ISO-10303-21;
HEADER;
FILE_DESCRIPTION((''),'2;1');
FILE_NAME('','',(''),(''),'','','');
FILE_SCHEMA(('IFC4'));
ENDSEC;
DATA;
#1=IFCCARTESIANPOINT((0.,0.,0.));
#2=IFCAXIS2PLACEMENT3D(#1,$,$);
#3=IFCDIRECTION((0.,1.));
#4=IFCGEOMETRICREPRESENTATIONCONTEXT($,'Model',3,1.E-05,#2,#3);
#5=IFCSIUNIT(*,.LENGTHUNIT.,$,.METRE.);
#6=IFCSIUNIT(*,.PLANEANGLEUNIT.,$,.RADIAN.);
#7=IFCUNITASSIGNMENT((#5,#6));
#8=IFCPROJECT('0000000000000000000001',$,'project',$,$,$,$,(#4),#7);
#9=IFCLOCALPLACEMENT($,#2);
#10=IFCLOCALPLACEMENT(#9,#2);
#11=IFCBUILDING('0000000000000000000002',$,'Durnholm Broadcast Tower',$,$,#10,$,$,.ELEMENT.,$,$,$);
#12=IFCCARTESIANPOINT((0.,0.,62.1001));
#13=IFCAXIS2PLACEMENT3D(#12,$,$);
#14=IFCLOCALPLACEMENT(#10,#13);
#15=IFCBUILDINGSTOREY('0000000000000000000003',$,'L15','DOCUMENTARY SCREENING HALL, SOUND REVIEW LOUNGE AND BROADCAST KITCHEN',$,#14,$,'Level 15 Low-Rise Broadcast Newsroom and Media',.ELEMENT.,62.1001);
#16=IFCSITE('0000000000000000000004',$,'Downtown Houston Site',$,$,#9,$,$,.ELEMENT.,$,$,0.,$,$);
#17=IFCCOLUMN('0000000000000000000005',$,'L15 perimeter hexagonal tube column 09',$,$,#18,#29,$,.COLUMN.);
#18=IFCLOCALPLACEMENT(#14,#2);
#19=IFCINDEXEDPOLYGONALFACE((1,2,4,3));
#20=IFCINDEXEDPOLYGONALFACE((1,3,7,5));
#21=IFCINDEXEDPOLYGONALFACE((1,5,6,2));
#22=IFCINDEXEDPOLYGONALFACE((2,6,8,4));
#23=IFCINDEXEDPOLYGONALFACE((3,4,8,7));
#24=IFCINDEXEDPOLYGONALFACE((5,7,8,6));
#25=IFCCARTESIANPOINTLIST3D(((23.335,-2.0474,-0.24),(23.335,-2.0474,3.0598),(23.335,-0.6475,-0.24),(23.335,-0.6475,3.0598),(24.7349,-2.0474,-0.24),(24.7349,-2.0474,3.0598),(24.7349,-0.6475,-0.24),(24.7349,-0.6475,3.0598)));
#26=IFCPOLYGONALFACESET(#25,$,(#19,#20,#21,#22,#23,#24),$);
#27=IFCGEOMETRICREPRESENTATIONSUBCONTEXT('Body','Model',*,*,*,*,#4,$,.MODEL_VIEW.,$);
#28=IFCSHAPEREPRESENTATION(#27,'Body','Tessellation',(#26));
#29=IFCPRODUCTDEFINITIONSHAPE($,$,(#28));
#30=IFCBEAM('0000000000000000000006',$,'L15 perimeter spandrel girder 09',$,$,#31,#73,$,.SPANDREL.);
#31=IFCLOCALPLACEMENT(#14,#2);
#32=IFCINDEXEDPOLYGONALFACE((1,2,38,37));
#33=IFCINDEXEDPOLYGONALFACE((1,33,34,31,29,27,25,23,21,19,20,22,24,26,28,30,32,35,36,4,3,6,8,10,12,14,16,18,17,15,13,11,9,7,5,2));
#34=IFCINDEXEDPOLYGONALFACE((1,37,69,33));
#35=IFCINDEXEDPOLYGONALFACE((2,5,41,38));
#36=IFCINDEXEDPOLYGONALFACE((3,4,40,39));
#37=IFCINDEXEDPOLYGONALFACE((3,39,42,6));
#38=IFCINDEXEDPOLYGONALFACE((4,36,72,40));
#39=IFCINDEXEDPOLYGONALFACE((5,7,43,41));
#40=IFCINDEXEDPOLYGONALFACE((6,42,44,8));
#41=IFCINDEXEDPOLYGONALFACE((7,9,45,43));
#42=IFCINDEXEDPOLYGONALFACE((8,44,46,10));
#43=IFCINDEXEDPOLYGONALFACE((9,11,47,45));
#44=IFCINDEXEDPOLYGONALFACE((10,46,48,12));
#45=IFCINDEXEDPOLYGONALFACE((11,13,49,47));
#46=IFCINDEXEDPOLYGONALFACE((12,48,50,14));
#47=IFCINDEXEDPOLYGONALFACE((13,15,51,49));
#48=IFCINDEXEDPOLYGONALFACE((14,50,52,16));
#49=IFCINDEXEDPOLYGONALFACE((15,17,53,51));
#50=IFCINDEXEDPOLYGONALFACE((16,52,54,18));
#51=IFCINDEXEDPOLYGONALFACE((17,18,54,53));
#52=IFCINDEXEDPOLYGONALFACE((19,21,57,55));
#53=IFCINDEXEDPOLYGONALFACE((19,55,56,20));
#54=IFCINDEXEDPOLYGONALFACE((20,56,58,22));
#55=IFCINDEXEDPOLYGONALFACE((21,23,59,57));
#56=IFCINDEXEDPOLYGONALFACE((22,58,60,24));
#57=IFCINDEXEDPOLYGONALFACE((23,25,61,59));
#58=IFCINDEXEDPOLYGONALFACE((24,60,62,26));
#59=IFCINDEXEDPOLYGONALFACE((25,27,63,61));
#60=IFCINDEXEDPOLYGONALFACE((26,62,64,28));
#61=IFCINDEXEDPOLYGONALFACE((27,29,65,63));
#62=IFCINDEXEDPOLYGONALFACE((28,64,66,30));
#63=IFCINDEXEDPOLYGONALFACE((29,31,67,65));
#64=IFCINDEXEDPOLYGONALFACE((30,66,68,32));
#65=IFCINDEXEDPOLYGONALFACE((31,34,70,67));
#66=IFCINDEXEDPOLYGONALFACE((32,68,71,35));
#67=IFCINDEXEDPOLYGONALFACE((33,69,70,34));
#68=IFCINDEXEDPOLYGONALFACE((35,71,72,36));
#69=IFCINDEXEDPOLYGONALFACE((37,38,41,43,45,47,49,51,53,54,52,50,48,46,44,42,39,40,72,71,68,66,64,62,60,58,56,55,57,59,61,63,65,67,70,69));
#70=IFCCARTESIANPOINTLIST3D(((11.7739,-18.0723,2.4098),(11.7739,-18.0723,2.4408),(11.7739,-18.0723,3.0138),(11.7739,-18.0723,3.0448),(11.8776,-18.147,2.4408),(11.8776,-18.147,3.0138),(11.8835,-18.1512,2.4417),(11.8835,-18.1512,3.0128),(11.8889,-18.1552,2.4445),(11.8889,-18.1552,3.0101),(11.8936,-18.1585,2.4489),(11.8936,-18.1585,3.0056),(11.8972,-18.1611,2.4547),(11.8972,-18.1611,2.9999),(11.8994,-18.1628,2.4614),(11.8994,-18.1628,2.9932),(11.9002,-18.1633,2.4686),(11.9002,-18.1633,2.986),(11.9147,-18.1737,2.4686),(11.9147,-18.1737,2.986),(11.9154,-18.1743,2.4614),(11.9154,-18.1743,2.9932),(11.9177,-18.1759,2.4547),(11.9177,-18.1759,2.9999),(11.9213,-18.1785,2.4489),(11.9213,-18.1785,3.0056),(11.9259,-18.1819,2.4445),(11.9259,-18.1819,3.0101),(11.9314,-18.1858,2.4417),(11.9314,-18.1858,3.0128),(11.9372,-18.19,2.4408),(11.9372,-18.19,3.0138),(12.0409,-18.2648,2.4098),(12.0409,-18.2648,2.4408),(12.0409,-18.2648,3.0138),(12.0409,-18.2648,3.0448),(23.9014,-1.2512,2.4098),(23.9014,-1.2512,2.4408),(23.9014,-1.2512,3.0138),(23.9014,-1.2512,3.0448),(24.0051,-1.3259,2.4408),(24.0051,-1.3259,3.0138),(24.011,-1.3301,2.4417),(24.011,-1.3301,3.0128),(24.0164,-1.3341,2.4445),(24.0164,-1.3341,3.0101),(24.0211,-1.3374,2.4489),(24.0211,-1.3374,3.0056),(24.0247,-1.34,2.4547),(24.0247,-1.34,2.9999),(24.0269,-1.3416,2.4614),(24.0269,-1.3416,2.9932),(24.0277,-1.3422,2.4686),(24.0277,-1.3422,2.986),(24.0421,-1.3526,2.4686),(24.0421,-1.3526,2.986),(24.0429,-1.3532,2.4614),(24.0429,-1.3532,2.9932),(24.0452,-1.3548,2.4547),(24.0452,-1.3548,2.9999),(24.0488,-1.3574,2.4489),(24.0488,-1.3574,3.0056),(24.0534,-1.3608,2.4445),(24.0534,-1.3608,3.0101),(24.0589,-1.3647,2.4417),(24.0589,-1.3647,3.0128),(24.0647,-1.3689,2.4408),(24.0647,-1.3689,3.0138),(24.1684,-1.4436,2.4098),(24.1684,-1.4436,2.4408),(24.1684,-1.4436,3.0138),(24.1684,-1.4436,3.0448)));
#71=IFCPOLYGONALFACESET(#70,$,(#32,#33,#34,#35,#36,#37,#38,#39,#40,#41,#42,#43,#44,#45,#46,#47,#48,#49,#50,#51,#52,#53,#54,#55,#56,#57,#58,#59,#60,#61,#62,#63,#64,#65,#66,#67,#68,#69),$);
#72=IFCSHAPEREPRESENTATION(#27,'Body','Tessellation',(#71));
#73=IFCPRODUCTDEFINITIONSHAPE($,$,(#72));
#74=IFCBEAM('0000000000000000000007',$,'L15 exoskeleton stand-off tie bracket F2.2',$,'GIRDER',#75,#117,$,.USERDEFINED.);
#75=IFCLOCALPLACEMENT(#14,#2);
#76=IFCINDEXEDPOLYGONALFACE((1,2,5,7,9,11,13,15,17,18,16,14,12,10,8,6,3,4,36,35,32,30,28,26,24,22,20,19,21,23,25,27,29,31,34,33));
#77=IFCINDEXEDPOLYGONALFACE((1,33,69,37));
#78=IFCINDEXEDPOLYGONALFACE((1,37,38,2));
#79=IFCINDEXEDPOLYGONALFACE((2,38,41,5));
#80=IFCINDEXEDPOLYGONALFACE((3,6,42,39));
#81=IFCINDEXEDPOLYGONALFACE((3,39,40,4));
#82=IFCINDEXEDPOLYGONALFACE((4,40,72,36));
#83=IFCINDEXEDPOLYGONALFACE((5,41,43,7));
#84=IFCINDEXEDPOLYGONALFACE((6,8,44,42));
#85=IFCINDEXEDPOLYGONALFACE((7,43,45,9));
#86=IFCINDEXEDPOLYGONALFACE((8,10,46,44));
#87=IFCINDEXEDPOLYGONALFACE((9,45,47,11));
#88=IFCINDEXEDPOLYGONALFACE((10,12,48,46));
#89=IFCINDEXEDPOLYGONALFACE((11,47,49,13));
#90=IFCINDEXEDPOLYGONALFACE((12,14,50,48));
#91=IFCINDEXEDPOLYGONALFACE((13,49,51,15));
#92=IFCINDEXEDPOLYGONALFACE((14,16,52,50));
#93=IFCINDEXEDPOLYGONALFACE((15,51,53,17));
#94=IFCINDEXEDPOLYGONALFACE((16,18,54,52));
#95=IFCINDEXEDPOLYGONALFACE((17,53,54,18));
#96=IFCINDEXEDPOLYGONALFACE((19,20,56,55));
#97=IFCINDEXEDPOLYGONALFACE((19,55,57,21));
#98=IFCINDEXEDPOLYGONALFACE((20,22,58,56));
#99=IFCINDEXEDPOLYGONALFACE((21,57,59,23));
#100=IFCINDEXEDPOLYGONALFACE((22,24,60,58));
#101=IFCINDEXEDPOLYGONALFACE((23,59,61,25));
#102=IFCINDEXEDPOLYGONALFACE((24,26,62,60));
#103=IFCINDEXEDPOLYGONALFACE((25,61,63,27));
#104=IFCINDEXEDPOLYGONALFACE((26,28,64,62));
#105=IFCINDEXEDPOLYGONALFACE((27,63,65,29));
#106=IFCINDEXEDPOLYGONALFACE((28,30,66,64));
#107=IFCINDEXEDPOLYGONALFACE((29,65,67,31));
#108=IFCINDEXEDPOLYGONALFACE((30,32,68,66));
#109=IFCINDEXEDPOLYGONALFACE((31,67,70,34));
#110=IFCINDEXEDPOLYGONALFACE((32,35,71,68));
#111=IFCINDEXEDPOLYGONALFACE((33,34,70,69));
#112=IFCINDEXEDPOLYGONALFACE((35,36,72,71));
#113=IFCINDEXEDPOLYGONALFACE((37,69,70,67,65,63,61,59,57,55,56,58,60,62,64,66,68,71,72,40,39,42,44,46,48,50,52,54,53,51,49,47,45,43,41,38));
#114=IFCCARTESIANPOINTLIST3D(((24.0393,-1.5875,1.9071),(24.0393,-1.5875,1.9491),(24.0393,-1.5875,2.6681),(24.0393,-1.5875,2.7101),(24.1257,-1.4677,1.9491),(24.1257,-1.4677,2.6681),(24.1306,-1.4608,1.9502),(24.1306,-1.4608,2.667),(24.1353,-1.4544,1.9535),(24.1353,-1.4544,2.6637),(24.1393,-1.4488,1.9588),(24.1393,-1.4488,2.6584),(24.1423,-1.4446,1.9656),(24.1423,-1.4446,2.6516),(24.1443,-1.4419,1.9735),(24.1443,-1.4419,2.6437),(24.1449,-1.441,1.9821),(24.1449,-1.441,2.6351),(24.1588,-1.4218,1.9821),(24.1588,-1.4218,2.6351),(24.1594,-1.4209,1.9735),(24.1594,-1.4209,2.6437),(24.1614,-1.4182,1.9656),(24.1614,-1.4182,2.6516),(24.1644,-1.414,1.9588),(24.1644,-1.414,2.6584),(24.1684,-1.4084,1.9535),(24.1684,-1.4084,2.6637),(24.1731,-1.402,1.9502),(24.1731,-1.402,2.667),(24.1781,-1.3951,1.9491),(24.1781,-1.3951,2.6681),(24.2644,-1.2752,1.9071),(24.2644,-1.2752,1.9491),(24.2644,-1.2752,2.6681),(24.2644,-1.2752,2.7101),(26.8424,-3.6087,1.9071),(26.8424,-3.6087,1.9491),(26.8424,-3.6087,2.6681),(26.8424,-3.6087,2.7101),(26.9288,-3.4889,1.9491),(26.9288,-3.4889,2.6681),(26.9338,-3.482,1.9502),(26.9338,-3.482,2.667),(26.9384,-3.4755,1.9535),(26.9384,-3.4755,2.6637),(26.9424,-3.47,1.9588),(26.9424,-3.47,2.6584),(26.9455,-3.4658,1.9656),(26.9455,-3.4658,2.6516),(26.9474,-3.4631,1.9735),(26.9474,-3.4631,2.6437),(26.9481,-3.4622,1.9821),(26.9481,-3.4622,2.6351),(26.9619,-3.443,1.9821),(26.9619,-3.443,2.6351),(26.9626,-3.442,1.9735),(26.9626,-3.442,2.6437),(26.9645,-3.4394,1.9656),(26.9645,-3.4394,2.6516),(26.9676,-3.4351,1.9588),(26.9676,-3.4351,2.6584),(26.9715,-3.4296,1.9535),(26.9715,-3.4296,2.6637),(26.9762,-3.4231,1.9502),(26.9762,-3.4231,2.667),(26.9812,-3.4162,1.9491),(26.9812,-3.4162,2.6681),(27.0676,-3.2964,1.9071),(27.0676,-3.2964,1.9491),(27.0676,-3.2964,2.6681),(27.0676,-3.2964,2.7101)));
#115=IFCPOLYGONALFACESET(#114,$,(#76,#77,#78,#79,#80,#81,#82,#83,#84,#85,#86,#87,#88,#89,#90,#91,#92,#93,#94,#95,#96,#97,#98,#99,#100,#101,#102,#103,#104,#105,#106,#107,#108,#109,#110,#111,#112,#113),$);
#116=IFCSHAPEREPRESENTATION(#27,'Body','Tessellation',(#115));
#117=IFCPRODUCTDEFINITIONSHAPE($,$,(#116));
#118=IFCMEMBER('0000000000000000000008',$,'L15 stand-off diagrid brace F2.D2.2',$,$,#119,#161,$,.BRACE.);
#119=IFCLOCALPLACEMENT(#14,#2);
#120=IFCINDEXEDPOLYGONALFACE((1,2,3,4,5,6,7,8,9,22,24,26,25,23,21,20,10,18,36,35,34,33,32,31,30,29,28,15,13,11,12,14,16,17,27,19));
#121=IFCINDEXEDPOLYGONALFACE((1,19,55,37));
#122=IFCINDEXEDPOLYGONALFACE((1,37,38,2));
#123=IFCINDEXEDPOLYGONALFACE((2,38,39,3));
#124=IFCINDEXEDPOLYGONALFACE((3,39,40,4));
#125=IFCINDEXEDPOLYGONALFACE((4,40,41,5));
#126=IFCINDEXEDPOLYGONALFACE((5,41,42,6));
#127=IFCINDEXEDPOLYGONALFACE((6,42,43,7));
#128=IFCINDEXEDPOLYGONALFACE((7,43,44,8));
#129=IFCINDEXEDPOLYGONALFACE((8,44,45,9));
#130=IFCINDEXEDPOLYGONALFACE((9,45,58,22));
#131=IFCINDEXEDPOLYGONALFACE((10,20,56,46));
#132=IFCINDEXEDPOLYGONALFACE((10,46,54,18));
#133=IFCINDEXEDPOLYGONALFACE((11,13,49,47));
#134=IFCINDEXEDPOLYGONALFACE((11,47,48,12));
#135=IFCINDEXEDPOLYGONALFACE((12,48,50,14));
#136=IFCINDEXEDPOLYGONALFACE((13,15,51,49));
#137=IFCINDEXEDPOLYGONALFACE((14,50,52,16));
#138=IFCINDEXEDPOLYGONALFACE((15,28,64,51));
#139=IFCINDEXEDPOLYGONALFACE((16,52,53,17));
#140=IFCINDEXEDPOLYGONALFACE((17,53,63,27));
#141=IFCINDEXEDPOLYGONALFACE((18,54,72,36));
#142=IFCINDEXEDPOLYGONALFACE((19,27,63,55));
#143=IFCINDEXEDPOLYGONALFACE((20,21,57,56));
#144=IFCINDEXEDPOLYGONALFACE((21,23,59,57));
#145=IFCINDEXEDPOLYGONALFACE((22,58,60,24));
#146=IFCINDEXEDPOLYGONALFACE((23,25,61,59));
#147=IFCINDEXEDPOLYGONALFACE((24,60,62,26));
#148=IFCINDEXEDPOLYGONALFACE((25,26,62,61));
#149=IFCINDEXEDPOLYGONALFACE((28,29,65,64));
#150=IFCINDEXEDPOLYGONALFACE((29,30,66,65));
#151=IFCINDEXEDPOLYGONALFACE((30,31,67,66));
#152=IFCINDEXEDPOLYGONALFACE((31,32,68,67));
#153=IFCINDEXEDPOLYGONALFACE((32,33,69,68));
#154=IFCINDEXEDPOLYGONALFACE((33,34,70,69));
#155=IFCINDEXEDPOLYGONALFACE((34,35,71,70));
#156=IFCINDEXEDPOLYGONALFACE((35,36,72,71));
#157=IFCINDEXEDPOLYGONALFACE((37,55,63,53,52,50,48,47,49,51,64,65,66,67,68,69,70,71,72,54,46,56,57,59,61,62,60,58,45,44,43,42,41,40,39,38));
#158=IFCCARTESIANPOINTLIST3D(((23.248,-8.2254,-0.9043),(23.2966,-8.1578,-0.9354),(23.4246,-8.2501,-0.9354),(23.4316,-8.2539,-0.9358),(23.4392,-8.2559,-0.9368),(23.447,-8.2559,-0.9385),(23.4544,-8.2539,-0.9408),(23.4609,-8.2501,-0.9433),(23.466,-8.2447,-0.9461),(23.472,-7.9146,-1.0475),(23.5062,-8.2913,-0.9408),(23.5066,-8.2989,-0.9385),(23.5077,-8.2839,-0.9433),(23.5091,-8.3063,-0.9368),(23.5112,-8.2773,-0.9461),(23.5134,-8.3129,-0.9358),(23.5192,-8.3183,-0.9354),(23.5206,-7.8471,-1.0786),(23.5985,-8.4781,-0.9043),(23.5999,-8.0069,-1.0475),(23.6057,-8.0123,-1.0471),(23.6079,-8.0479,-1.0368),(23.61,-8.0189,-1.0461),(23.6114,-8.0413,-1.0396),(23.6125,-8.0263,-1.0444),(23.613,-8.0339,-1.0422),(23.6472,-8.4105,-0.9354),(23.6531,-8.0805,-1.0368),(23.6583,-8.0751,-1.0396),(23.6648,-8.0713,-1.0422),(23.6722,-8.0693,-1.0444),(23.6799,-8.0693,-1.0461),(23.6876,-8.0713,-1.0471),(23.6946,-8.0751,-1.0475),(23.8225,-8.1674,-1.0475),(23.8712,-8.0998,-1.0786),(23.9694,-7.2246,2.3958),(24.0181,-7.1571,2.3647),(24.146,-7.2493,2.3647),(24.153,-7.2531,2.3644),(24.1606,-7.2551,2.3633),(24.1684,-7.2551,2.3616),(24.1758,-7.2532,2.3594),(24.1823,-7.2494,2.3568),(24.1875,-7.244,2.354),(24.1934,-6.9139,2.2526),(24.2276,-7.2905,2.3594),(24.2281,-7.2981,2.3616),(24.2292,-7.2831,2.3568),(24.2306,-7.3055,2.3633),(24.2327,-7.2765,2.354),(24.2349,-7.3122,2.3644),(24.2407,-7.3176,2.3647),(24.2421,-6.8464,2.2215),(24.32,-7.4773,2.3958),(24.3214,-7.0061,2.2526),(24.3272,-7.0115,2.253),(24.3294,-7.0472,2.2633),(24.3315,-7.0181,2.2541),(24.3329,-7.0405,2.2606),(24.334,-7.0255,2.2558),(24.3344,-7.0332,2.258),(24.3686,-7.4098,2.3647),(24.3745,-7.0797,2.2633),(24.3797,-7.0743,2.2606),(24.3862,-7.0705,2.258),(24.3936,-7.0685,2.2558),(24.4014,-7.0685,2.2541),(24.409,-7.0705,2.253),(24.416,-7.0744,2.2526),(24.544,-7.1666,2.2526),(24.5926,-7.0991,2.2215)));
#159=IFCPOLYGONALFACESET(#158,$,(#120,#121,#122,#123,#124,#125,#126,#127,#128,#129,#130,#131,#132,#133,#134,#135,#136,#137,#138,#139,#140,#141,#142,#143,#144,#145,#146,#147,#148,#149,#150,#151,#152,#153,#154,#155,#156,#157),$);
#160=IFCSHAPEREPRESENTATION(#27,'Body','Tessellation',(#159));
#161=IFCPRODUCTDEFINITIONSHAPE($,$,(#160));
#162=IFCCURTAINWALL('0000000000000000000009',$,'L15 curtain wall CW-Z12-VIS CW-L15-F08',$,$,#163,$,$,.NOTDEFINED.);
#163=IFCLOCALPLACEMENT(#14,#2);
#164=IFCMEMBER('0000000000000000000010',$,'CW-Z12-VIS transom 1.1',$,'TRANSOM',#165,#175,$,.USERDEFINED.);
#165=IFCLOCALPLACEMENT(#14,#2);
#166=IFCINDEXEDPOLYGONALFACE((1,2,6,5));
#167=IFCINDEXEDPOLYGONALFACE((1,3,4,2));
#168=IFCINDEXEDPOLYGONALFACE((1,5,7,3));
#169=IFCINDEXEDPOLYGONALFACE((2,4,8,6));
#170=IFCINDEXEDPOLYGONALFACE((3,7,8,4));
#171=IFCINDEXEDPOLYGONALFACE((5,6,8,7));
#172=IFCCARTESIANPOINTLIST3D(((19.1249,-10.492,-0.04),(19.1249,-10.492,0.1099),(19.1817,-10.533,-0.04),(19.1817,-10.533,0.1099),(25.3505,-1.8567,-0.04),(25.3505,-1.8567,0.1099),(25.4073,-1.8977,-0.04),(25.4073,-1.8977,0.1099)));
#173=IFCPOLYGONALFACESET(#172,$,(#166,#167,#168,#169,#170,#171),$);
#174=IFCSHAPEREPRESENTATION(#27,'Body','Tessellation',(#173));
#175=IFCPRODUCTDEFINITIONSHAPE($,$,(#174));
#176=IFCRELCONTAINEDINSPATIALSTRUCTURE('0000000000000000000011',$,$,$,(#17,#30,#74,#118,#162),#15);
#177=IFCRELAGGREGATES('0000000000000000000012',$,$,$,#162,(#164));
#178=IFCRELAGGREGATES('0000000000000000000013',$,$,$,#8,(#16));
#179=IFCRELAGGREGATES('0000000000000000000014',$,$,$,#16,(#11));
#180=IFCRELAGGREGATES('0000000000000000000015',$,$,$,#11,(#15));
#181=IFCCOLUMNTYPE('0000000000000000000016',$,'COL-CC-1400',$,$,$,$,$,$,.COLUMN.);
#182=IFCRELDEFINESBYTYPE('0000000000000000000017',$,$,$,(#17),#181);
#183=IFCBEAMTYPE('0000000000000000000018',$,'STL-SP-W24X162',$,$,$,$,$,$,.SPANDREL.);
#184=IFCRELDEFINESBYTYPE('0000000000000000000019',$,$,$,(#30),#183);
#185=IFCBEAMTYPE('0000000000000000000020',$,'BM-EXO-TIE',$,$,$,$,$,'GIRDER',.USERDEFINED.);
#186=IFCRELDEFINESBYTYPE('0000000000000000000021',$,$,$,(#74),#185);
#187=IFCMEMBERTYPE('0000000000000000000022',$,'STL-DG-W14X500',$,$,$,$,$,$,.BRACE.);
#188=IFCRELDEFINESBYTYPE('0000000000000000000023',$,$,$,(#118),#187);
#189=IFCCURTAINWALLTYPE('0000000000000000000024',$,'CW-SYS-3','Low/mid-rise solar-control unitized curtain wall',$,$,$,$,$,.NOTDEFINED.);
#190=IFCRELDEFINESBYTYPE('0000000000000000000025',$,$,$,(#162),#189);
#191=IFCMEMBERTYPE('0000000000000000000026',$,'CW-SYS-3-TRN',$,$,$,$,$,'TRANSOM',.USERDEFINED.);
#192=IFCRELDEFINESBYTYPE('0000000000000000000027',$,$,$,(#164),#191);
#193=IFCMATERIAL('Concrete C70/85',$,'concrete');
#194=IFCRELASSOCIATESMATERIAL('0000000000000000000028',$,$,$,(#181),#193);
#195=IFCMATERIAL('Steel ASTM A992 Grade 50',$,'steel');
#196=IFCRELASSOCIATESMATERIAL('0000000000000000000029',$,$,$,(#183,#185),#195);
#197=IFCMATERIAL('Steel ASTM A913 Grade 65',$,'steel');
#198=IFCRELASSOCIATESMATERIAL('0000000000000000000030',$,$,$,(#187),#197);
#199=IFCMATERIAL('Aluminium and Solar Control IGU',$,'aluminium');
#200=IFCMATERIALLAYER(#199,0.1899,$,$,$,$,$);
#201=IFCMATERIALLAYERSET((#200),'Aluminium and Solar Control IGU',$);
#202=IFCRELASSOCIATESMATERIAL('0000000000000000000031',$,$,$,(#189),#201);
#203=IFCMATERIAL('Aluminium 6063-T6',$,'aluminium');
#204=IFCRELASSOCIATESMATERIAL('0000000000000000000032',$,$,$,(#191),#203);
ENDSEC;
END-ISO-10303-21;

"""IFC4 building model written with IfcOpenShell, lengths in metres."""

from ifc_helpers import new_model, si_unit, direction, frame, origin, origin_2d, place, context, subcontext, project, spatial, rectangle, i_section, extrude, source, transform, mapped, material, layer, layer_set, material_profile, profile_set, type_object, type_shapes, element, aggregate, save


model = new_model("IFC4")

# Units and contexts
model_context = context("Model", 3, precision=1e-05, world=origin(), true_north=direction((0.0, 1.0)))
body_context = subcontext(model_context, "Body", "Model", "MODEL_VIEW")
ifc_project = project(units=[si_unit("LENGTHUNIT", "METRE"), si_unit("PLANEANGLEUNIT", "RADIAN")], contexts=[model_context])

# Site, building, storey
site_placement = place(None, origin())
site = spatial("IfcSite", under=ifc_project, at=site_placement, Name="Downtown Houston Site", CompositionType="ELEMENT", RefElevation=0.0)
building_placement = place(site_placement, origin())
building = spatial("IfcBuilding", under=site, at=building_placement, Name="Durnholm Broadcast Tower", CompositionType="ELEMENT")
storey_placement = place(building_placement, frame((0.0, 0.0, 62.1001)))
storey = spatial("IfcBuildingStorey", under=building, at=storey_placement, Name="L15", Description="DOCUMENTARY SCREENING HALL, SOUND REVIEW LOUNGE AND BROADCAST KITCHEN", LongName="Level 15 Low-Rise Broadcast Newsroom and Media", CompositionType="ELEMENT", Elevation=62.1001)

# Column
ifc_material_1 = material(Name="Concrete C70/85", Category="concrete")
ifc_material_profile_1 = material_profile(ifc_material_1, rectangle(XDim=1.3999, YDim=1.3999, at=origin_2d()), Name="RC1400X1400")
ifc_profile_set_1 = profile_set([ifc_material_profile_1], Name="Concrete C70/85")
column_type = type_object("IfcColumnType", Name="COL-CC-1400", PredefinedType="COLUMN", material=ifc_profile_set_1)
shared_shape_1 = source(origin(), body_context, "Body", "SweptSolid", [
    extrude(rectangle(XDim=1.3999, YDim=1.3999, at=origin_2d()), origin(), (0.0, 0.0, 1.0), 3.2998),
])
type_shapes(column_type, [shared_shape_1])
column_placement = place(storey_placement, frame((24.0349, -1.3474, -0.24), z_axis=(0.0, 0.0, 1.0), x_axis=(1.0, 0.0, 0.0)))
element("IfcColumn", 1, at=column_placement, inside=storey, type_object=column_type, Name="L15 perimeter hexagonal tube column 09", PredefinedType="COLUMN", context=body_context, shape_type="MappedRepresentation", body=[
    mapped(shared_shape_1, transform((0.0, 0.0, 0.0), x_axis=(1.0, 0.0, 0.0), y_axis=(0.0, 1.0, 0.0), z_axis=(0.0, 0.0, 1.0), scale=1.0)),
])

# Beams
ifc_material_2 = material(Name="Steel ASTM A992 Grade 50", Category="steel")
ifc_material_profile_2 = material_profile(ifc_material_2, i_section(OverallWidth=0.3291, OverallDepth=0.635, WebThickness=0.0178, FlangeThickness=0.031, FilletRadius=0.0278, at=origin_2d()), Name="W24X162")
ifc_profile_set_2 = profile_set([ifc_material_profile_2], Name="Steel ASTM A992 Grade 50")
beam_type_1 = type_object("IfcBeamType", Name="STL-SP-W24X162", PredefinedType="SPANDREL", material=ifc_profile_set_2)
shared_shape_2 = source(origin(), body_context, "Body", "SweptSolid", [
    extrude(i_section(OverallWidth=0.3291, OverallDepth=0.635, WebThickness=0.0178, FlangeThickness=0.031, FilletRadius=0.0278, at=origin_2d()), origin(), (0.0, 0.0, 1.0), 20.7371),
])
type_shapes(beam_type_1, [shared_shape_2])
beam_1_placement = place(storey_placement, frame((24.0349, -1.3474, 2.7273), z_axis=(-0.584822, -0.811162, 0.0), x_axis=(0.811162, -0.584822, 0.0)))
element("IfcBeam", 2, at=beam_1_placement, inside=storey, type_object=beam_type_1, Name="L15 perimeter spandrel girder 09", PredefinedType="SPANDREL", context=body_context, shape_type="MappedRepresentation", body=[
    mapped(shared_shape_2, transform((0.0, 0.0, 0.0), x_axis=(1.0, 0.0, 0.0), y_axis=(0.0, 1.0, 0.0), z_axis=(0.0, 0.0, 1.0), scale=1.0)),
])
ifc_material_profile_3 = material_profile(ifc_material_2, i_section(OverallWidth=0.385, OverallDepth=0.803, WebThickness=0.0237, FlangeThickness=0.042, FilletRadius=0.033, at=origin_2d()), Name="W30X261")
ifc_profile_set_3 = profile_set([ifc_material_profile_3], Name="Steel ASTM A992 Grade 50")
beam_type_2 = type_object("IfcBeamType", Name="BM-EXO-TIE", ElementType="GIRDER", PredefinedType="USERDEFINED", material=ifc_profile_set_3)
shared_shape_3 = source(origin(), body_context, "Body", "SweptSolid", [
    extrude(i_section(OverallWidth=0.385, OverallDepth=0.803, WebThickness=0.0237, FlangeThickness=0.042, FilletRadius=0.033, at=origin_2d()), origin(), (0.0, 0.0, 1.0), 3.4558),
])
type_shapes(beam_type_2, [shared_shape_3])
beam_2_placement = place(storey_placement, frame((24.1519, -1.4314, 2.3086), z_axis=(0.811134, -0.584861, 0.0), x_axis=(0.584861, 0.811134, 0.0)))
element("IfcBeam", 3, at=beam_2_placement, inside=storey, type_object=beam_type_2, Name="L15 exoskeleton stand-off tie bracket F2.2", ObjectType="GIRDER", PredefinedType="USERDEFINED", context=body_context, shape_type="MappedRepresentation", body=[
    mapped(shared_shape_3, transform((0.0, 0.0, 0.0), x_axis=(1.0, 0.0, 0.0), y_axis=(0.0, 1.0, 0.0), z_axis=(0.0, 0.0, 1.0), scale=1.0)),
])

# Member
ifc_material_3 = material(Name="Steel ASTM A913 Grade 65", Category="steel")
ifc_material_profile_4 = material_profile(ifc_material_3, i_section(OverallWidth=0.4321, OverallDepth=0.4978, WebThickness=0.0557, FlangeThickness=0.0889, FilletRadius=0.0305, at=origin_2d()), Name="W14X500")
ifc_profile_set_4 = profile_set([ifc_material_profile_4], Name="Steel ASTM A913 Grade 65")
member_type_1 = type_object("IfcMemberType", Name="STL-DG-W14X500", PredefinedType="BRACE", material=ifc_profile_set_4)
shared_shape_4 = source(origin(), body_context, "Body", "SweptSolid", [
    extrude(i_section(OverallWidth=0.4321, OverallDepth=0.4978, WebThickness=0.0557, FlangeThickness=0.0889, FilletRadius=0.0305, at=origin_2d()), origin(), (0.0, 0.0, 1.0), 3.5232),
])
type_shapes(member_type_1, [shared_shape_4])
member_1_placement = place(storey_placement, frame((23.5596, -8.1626, -0.9915), z_axis=(0.204773, 0.284049, 0.936688), x_axis=(-0.811185, 0.584789, 0.0)))
element("IfcMember", 4, at=member_1_placement, inside=storey, type_object=member_type_1, Name="L15 stand-off diagrid brace F2.D2.2", PredefinedType="BRACE", context=body_context, shape_type="MappedRepresentation", body=[
    mapped(shared_shape_4, transform((0.0, 0.0, 0.0), x_axis=(1.0, 0.0, 0.0), y_axis=(0.0, 1.0, 0.0), z_axis=(0.0, 0.0, 1.0), scale=1.0)),
])

# Curtain wall, member
ifc_material_4 = material(Name="Aluminium and Solar Control IGU", Category="aluminium")
ifc_layer_1 = layer(ifc_material_4, 0.1899)
ifc_layer_set_1 = layer_set([ifc_layer_1], Name="Aluminium and Solar Control IGU")
curtain_wall_type_1 = type_object("IfcCurtainWallType", Name="CW-SYS-3", Description="Low/mid-rise solar-control unitized curtain wall", PredefinedType="NOTDEFINED", material=ifc_layer_set_1)
curtain_wall_1_placement = place(storey_placement, origin())
curtain_wall_1 = element("IfcCurtainWall", 5, at=curtain_wall_1_placement, inside=storey, type_object=curtain_wall_type_1, Name="L15 curtain wall CW-Z12-VIS CW-L15-F08", PredefinedType="NOTDEFINED")
ifc_material_5 = material(Name="Aluminium 6063-T6", Category="aluminium")
ifc_material_profile_5 = material_profile(ifc_material_5, rectangle(XDim=0.0701, YDim=0.1499, at=origin_2d()), Name="CWT70X150")
ifc_profile_set_5 = profile_set([ifc_material_profile_5], Name="Aluminium 6063-T6")
member_type_2 = type_object("IfcMemberType", Name="CW-SYS-3-TRN", ElementType="TRANSOM", PredefinedType="USERDEFINED", material=ifc_profile_set_5)
shared_shape_5 = source(origin(), body_context, "Body", "SweptSolid", [
    extrude(rectangle(XDim=0.0701, YDim=0.1499, at=origin_2d()), origin(), (0.0, 0.0, 1.0), 10.6455),
])
type_shapes(member_type_2, [shared_shape_5])
member_2_placement = place(storey_placement, frame((25.3789, -1.8772, 0.0349), z_axis=(-0.584812, -0.811169, 0.0), x_axis=(0.811169, -0.584812, 0.0)))
member_2 = element("IfcMember", 6, at=member_2_placement, type_object=member_type_2, Name="CW-Z12-VIS transom 1.1", ObjectType="TRANSOM", PredefinedType="USERDEFINED", context=body_context, shape_type="MappedRepresentation", body=[
    mapped(shared_shape_5, transform((0.0, 0.0, 0.0), x_axis=(1.0, 0.0, 0.0), y_axis=(0.0, 1.0, 0.0), z_axis=(0.0, 0.0, 1.0), scale=1.0)),
])

aggregate(curtain_wall_1, [member_2])

save(model, "model.ifc")
